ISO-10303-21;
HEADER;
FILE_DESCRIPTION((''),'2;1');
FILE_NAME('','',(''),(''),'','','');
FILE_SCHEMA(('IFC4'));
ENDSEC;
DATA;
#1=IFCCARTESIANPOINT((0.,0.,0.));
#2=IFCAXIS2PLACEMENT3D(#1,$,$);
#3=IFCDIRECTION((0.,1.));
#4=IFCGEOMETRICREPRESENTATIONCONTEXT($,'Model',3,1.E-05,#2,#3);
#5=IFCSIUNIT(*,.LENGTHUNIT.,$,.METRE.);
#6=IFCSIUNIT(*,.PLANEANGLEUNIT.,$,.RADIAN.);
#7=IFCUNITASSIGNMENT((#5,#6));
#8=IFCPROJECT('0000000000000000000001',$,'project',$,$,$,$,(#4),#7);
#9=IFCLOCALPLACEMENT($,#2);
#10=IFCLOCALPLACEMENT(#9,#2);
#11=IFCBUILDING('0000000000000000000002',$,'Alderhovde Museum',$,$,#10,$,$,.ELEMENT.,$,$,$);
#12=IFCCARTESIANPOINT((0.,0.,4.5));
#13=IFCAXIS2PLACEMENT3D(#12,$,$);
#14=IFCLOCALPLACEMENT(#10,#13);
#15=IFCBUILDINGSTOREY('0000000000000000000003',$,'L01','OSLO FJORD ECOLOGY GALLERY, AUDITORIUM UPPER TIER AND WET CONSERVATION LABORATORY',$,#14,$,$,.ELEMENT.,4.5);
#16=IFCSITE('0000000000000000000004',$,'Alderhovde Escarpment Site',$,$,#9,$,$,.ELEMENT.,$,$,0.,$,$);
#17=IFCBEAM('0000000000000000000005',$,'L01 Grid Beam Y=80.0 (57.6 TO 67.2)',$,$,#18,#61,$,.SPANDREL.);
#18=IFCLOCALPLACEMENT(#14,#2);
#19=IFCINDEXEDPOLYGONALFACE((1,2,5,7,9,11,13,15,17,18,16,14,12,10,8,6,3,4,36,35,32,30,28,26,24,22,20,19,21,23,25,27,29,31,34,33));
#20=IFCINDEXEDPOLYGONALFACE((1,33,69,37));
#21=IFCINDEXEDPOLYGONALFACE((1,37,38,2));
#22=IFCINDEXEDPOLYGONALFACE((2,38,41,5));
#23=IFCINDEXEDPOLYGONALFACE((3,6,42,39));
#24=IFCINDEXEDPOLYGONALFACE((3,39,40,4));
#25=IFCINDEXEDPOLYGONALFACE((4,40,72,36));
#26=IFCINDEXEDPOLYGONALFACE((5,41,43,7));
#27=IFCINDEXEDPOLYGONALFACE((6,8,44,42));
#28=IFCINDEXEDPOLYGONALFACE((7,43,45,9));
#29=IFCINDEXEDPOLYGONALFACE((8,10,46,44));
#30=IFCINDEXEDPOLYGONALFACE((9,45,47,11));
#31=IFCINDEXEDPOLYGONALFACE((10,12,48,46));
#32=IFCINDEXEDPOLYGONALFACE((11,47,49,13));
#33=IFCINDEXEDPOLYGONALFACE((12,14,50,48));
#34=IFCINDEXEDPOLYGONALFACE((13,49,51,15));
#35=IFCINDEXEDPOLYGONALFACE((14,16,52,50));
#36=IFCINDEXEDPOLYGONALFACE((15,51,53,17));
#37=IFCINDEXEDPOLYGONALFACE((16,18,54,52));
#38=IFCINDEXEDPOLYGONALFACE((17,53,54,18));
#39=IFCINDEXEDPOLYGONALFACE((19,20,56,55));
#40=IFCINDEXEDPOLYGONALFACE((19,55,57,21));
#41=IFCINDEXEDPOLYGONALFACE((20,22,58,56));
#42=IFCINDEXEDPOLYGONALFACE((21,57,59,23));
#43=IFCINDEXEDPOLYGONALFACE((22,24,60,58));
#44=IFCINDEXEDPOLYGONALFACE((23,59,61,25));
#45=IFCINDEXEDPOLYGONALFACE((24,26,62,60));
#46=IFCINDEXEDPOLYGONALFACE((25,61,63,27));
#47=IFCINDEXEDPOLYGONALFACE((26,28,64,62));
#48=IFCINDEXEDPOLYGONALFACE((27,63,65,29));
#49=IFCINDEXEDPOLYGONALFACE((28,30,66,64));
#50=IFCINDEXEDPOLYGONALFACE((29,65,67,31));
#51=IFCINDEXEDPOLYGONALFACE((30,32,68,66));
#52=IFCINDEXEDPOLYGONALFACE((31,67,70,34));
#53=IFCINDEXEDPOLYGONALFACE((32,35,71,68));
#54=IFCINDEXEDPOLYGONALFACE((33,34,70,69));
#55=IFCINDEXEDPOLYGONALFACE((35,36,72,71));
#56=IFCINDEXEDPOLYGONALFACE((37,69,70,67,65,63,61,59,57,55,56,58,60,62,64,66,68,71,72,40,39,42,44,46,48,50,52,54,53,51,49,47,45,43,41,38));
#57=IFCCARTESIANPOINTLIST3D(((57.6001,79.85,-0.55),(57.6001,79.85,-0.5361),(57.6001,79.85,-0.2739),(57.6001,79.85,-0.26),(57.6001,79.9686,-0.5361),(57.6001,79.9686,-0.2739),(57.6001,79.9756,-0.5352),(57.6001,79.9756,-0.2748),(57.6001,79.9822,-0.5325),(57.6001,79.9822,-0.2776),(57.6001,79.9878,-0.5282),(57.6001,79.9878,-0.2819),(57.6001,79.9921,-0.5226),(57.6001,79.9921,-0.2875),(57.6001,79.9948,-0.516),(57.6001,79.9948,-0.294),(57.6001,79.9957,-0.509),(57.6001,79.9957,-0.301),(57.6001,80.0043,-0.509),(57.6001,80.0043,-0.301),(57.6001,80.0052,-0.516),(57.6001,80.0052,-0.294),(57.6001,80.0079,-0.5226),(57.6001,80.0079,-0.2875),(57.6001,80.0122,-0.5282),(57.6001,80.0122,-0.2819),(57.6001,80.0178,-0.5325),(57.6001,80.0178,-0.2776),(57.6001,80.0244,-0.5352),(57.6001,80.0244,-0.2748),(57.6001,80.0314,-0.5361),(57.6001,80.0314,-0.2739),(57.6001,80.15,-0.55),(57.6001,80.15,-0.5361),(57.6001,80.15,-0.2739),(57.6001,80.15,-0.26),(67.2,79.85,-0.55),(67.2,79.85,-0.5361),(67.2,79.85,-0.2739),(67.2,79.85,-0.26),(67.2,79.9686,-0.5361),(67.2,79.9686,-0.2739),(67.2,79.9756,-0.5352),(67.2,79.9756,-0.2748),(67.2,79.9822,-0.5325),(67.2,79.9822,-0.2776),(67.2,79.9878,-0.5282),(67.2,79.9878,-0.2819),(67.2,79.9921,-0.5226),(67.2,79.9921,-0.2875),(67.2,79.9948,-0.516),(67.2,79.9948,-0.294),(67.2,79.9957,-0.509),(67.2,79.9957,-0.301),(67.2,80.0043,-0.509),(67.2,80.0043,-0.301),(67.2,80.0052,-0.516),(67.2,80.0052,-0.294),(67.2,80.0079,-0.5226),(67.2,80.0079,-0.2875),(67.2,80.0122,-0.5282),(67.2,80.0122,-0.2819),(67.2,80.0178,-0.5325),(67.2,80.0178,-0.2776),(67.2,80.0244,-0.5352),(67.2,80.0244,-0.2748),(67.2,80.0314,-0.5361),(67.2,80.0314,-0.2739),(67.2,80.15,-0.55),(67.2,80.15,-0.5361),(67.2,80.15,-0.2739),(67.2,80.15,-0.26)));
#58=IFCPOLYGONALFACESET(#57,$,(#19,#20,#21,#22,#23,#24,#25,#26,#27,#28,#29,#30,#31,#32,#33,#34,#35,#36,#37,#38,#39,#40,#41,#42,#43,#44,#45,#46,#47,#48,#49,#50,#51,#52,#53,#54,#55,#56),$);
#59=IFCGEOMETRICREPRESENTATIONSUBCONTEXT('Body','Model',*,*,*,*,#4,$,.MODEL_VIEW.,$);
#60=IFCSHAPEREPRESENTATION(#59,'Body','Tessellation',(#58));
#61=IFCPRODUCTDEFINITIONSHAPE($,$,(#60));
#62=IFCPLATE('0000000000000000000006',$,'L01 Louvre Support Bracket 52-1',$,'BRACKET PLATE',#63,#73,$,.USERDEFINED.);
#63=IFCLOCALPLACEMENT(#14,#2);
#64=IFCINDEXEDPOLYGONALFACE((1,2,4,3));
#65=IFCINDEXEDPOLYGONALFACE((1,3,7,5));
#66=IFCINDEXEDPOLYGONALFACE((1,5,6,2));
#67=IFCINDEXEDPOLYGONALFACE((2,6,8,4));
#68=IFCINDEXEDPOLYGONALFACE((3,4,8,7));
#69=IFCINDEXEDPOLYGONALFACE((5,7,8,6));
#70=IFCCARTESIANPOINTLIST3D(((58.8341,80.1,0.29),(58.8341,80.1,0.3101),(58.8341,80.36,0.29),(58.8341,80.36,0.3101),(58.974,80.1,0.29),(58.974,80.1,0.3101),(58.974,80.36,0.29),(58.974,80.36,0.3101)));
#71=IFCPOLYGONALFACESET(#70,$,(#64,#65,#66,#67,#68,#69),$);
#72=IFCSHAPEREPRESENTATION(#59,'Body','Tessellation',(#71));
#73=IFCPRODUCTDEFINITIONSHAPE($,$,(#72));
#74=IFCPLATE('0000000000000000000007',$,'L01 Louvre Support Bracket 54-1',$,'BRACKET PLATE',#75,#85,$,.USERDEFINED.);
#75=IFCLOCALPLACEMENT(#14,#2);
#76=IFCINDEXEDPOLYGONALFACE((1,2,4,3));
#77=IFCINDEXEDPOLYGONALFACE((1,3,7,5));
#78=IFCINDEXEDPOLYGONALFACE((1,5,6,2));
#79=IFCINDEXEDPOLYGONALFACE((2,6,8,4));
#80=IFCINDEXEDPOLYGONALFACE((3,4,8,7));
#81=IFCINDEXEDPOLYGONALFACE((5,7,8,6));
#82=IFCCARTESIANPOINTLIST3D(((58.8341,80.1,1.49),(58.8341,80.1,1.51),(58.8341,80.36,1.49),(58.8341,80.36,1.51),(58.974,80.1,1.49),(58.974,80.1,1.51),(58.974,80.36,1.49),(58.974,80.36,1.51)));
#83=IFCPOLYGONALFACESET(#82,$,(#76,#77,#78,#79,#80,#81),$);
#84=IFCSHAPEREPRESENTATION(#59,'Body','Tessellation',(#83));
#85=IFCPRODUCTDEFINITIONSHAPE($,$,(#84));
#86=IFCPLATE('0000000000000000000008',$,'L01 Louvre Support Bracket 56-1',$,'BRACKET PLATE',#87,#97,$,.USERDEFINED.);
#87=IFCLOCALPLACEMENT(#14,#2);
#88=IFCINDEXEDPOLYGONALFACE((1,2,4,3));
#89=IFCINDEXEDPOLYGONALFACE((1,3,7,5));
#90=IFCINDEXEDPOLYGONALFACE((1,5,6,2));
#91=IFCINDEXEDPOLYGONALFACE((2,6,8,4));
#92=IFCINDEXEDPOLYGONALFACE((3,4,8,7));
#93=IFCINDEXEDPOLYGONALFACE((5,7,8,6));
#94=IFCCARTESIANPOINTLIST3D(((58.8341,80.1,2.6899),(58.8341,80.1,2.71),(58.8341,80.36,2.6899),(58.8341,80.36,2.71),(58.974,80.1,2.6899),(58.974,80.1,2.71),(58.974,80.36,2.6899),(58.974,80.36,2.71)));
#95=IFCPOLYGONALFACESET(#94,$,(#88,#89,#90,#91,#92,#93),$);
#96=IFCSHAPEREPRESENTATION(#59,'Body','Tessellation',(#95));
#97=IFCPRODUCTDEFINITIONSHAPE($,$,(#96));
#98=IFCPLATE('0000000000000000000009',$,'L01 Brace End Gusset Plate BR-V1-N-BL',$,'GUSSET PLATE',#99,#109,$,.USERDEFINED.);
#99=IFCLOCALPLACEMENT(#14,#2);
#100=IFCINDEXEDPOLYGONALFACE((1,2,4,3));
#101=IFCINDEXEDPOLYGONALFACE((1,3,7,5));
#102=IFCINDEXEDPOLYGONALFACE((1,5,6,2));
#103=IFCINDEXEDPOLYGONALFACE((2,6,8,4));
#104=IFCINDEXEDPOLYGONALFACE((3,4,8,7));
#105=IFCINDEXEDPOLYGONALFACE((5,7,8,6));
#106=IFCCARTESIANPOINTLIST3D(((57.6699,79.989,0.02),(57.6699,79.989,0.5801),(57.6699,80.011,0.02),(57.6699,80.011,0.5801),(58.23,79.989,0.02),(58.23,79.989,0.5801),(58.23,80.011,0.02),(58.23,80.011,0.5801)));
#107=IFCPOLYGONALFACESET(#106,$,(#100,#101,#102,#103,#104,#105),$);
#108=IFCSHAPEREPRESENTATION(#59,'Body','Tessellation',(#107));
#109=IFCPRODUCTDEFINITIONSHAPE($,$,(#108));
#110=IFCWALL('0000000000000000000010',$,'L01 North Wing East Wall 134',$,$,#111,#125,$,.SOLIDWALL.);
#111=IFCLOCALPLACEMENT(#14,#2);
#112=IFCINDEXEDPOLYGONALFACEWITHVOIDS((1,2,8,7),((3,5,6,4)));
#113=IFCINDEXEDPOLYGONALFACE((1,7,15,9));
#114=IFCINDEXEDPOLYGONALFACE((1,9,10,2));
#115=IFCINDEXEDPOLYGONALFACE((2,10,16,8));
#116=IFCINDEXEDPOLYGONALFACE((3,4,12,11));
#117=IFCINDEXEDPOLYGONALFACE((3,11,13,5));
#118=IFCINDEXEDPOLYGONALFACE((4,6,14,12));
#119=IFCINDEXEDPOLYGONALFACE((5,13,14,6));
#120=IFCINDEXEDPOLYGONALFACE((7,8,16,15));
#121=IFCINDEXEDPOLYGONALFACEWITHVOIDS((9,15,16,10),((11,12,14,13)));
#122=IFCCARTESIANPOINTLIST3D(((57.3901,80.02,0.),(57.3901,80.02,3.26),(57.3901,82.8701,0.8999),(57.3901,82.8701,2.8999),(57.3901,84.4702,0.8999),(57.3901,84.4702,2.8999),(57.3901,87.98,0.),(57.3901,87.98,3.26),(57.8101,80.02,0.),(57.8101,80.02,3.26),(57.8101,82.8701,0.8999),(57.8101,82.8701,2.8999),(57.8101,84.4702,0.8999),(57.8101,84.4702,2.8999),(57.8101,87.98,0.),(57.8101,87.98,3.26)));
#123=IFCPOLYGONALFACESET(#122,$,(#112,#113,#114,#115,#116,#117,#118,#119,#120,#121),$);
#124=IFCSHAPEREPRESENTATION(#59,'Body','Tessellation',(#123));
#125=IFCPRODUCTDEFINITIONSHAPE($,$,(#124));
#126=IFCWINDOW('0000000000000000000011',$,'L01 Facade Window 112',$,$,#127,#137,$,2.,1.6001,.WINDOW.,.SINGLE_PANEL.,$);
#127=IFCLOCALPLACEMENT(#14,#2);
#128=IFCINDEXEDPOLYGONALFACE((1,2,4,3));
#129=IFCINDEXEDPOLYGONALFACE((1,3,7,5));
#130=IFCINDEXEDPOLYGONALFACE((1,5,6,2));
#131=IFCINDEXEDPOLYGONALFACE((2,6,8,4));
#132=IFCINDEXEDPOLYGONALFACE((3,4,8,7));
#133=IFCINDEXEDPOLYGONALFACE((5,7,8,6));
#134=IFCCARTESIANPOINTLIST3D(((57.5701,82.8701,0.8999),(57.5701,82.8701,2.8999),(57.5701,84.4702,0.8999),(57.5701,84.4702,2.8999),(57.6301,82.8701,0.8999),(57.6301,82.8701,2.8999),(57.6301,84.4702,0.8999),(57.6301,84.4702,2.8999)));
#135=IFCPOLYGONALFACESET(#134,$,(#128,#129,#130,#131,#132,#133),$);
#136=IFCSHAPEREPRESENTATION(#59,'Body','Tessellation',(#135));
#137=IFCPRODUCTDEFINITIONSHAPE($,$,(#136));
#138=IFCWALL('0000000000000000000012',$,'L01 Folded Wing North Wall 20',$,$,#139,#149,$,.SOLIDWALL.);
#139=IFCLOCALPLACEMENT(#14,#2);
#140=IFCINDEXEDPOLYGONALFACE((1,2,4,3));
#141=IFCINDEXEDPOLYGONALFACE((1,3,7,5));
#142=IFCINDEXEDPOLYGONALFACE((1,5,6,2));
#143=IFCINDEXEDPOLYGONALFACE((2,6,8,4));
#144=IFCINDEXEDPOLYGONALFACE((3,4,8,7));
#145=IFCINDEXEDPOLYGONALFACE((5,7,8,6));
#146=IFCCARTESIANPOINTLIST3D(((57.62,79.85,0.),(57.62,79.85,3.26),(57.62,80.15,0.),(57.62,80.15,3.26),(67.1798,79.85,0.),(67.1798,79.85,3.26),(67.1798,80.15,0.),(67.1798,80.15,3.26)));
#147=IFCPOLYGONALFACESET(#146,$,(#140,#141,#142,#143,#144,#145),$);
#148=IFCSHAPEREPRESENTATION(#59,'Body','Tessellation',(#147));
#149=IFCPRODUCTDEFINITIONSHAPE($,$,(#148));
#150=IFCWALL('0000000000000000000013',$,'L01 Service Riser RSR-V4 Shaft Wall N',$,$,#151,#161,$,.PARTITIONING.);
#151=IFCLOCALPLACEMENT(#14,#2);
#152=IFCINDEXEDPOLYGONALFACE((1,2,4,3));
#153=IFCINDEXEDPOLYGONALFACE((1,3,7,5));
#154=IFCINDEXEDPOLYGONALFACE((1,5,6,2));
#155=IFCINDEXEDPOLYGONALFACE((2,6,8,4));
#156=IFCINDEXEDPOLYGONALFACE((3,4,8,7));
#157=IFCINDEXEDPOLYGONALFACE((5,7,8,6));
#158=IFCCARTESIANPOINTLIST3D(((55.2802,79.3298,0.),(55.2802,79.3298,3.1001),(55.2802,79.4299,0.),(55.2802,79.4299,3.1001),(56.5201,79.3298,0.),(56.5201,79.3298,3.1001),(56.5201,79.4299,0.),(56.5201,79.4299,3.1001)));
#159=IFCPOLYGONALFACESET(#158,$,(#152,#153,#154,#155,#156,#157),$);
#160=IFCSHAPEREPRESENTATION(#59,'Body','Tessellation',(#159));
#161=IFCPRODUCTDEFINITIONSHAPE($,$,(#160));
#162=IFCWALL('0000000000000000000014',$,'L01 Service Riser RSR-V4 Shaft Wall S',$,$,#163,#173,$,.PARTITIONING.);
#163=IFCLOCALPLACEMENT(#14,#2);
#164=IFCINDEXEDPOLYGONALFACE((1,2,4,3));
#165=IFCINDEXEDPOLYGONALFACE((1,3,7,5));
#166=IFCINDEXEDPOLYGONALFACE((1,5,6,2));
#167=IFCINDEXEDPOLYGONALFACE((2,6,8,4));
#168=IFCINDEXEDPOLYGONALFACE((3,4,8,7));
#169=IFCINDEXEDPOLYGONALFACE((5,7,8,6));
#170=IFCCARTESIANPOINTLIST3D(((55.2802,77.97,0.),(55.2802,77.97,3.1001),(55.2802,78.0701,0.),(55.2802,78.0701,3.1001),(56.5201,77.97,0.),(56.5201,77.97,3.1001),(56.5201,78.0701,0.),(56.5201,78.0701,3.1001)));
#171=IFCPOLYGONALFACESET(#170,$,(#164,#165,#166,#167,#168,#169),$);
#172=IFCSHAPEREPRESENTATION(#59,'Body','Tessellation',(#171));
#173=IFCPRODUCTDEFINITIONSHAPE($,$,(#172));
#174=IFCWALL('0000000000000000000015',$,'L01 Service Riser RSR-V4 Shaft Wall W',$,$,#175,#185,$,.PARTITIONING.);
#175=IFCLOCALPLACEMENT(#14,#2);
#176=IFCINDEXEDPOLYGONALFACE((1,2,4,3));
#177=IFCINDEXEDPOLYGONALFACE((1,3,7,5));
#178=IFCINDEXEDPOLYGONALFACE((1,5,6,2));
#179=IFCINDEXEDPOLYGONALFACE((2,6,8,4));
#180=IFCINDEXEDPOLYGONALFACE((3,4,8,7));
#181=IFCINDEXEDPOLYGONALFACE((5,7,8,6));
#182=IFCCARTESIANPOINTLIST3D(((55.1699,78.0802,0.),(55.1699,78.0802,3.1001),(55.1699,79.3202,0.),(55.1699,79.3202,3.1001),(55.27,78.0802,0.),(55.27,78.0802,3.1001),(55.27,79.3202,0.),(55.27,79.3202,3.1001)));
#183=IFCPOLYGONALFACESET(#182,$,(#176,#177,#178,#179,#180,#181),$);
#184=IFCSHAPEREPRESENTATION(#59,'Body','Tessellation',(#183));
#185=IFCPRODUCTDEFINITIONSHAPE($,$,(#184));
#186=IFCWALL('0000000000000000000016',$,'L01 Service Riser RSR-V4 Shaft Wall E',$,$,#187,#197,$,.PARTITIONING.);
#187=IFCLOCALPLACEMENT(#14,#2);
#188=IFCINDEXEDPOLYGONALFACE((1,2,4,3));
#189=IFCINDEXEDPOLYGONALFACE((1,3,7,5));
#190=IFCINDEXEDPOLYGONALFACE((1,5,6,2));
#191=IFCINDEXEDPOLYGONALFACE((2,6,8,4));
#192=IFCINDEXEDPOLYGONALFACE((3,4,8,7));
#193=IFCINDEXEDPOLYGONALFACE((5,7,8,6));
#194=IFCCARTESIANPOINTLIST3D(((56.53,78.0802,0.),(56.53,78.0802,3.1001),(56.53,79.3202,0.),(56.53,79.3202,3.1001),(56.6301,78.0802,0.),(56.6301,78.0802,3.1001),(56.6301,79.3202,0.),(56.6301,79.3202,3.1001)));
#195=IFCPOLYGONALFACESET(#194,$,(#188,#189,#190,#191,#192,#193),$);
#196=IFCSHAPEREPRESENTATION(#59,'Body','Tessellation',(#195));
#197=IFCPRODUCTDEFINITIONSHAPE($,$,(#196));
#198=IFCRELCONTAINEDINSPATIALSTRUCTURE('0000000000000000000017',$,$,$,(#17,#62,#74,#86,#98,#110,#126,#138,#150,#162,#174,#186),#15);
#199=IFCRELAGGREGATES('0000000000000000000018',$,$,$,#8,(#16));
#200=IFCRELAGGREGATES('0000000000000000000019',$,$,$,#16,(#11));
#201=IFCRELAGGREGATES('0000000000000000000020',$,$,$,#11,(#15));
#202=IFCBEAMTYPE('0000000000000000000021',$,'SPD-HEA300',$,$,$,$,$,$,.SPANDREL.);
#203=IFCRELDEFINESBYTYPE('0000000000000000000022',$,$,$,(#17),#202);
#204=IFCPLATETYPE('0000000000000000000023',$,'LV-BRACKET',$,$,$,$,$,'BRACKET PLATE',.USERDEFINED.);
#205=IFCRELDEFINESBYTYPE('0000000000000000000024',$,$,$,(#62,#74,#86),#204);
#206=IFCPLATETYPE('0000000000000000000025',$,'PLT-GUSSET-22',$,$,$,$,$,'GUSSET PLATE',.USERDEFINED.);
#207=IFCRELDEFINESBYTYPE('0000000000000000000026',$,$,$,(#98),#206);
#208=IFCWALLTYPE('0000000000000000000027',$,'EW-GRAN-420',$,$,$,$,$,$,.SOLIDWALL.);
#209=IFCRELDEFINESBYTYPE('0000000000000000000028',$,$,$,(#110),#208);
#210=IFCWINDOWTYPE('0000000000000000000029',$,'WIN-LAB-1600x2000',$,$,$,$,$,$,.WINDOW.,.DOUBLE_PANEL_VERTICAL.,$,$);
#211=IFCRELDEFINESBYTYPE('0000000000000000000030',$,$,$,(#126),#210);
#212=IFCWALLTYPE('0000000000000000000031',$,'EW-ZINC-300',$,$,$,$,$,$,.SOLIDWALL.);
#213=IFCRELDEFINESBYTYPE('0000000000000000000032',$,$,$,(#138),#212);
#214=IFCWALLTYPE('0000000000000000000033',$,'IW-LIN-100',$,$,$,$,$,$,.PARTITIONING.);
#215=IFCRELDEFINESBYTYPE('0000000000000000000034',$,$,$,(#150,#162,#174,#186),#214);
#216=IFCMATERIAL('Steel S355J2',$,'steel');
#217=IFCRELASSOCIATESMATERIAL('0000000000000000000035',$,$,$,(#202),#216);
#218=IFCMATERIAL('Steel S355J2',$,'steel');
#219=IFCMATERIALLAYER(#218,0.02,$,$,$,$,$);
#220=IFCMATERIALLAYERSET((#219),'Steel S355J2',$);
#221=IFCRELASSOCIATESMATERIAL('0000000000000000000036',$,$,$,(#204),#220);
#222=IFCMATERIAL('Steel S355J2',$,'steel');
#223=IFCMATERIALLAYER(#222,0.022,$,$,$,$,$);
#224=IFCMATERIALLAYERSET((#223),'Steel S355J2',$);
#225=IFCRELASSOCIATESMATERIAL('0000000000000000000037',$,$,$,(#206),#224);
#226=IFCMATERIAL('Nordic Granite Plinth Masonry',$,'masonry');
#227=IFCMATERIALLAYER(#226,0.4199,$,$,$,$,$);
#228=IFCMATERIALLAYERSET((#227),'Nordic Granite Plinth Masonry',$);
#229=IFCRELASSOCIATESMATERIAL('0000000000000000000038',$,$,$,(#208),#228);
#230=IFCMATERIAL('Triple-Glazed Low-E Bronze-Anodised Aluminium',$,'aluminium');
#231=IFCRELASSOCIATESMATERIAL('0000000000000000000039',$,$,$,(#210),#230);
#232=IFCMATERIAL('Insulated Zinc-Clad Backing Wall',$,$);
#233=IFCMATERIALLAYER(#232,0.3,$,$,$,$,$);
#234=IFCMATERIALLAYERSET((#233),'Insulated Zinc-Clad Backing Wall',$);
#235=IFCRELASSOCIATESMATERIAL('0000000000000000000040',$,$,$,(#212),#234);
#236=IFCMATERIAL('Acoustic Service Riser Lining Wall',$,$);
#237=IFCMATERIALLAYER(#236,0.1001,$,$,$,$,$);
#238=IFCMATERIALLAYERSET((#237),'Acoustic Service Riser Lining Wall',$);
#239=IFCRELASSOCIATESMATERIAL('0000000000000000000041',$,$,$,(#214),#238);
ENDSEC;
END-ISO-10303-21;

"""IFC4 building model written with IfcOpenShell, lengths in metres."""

from ifc_helpers import new_model, si_unit, direction, frame, frame_2d, origin, origin_2d, place, context, subcontext, project, spatial, rectangle, i_section, extrude, material, layer, layer_set, material_profile, profile_set, type_object, element, fill, save


model = new_model("IFC4")

# Units and contexts
model_context = context("Model", 3, precision=1e-05, world=origin(), true_north=direction((0.0, 1.0)))
body_context = subcontext(model_context, "Body", "Model", "MODEL_VIEW")
ifc_project = project(units=[si_unit("LENGTHUNIT", "METRE"), si_unit("PLANEANGLEUNIT", "RADIAN")], contexts=[model_context])

# Site, building, storey
site_placement = place(None, origin())
site = spatial("IfcSite", under=ifc_project, at=site_placement, Name="Alderhovde Escarpment Site", CompositionType="ELEMENT", RefElevation=0.0)
building_placement = place(site_placement, origin())
building = spatial("IfcBuilding", under=site, at=building_placement, Name="Alderhovde Museum", CompositionType="ELEMENT")
storey_placement = place(building_placement, frame((0.0, 0.0, 4.5)))
storey = spatial("IfcBuildingStorey", under=building, at=storey_placement, Name="L01", Description="OSLO FJORD ECOLOGY GALLERY, AUDITORIUM UPPER TIER AND WET CONSERVATION LABORATORY", CompositionType="ELEMENT", Elevation=4.5)

# Beam
ifc_material_1 = material(Name="Steel S355J2", Category="steel")
ifc_material_profile_1 = material_profile(ifc_material_1, i_section(OverallWidth=0.3, OverallDepth=0.29, WebThickness=0.0085, FlangeThickness=0.0139, FilletRadius=0.0271, at=origin_2d()), Name="HEA 300")
ifc_profile_set_1 = profile_set([ifc_material_profile_1], Name="Steel S355J2")
beam_type_1 = type_object("IfcBeamType", Name="SPD-HEA300", PredefinedType="SPANDREL", material=ifc_profile_set_1)
beam_1_placement = place(storey_placement, frame((57.6001, 80.0, -0.405), z_axis=(1.0, 0.0, 0.0), x_axis=(0.0, 1.0, 0.0)))
element("IfcBeam", 1, at=beam_1_placement, inside=storey, type_object=beam_type_1, Name="L01 Grid Beam Y=80.0 (57.6 TO 67.2)", PredefinedType="SPANDREL", context=body_context, shape_type="SweptSolid", body=[
    extrude(i_section(OverallWidth=0.3, OverallDepth=0.29, WebThickness=0.0085, FlangeThickness=0.0139, FilletRadius=0.0271, at=origin_2d()), origin(), (0.0, 0.0, 1.0), 9.5999),
])

# Plates
ifc_material_2 = material(Name="Steel S355J2", Category="steel")
ifc_layer_1 = layer(ifc_material_2, 0.02)
ifc_layer_set_1 = layer_set([ifc_layer_1], Name="Steel S355J2")
plate_type_1 = type_object("IfcPlateType", Name="LV-BRACKET", ElementType="BRACKET PLATE", PredefinedType="USERDEFINED", material=ifc_layer_set_1)
for number, where, z_axis, x_axis, name in (
    (2, (58.9041, 80.23, 0.29), (0.0, 0.0, 1.0), (1.0, 0.0, 0.0), "L01 Louvre Support Bracket 52-1"),
    (3, (58.9041, 80.23, 1.49), (0.0, 0.0, 1.0), (1.0, 0.0, 0.0), "L01 Louvre Support Bracket 54-1"),
    (4, (58.9041, 80.23, 2.6899), (0.0, 0.0, 1.0), (1.0, 0.0, 0.0), "L01 Louvre Support Bracket 56-1"),
):
    element("IfcPlate", number, at=place(storey_placement, frame(where, z_axis=z_axis, x_axis=x_axis)), inside=storey, type_object=plate_type_1, Name=name, ObjectType="BRACKET PLATE", PredefinedType="USERDEFINED", context=body_context, shape_type="SweptSolid", body=[
        extrude(rectangle(XDim=0.1399, YDim=0.26, at=origin_2d()), origin(), (0.0, 0.0, 1.0), 0.02),
    ])
ifc_material_3 = material(Name="Steel S355J2", Category="steel")
ifc_layer_2 = layer(ifc_material_3, 0.022)
ifc_layer_set_2 = layer_set([ifc_layer_2], Name="Steel S355J2")
plate_type_2 = type_object("IfcPlateType", Name="PLT-GUSSET-22", ElementType="GUSSET PLATE", PredefinedType="USERDEFINED", material=ifc_layer_set_2)
plate_placement = place(storey_placement, frame((57.95, 80.0, 0.02), z_axis=(0.0, 0.0, 1.0), x_axis=(1.0, 0.0, 0.0)))
element("IfcPlate", 5, at=plate_placement, inside=storey, type_object=plate_type_2, Name="L01 Brace End Gusset Plate BR-V1-N-BL", ObjectType="GUSSET PLATE", PredefinedType="USERDEFINED", context=body_context, shape_type="SweptSolid", body=[
    extrude(rectangle(XDim=0.5601, YDim=0.022, at=origin_2d()), origin(), (0.0, 0.0, 1.0), 0.5601),
])

# Wall, opening, window
ifc_material_4 = material(Name="Nordic Granite Plinth Masonry", Category="masonry")
ifc_layer_3 = layer(ifc_material_4, 0.4199)
ifc_layer_set_3 = layer_set([ifc_layer_3], Name="Nordic Granite Plinth Masonry")
wall_type_1 = type_object("IfcWallType", Name="EW-GRAN-420", PredefinedType="SOLIDWALL", material=ifc_layer_set_3)
wall_1_placement = place(storey_placement, frame((57.6001, 80.02, 0.0), z_axis=(0.0, 0.0, 1.0), x_axis=(0.0, 1.0, 0.0)))
wall_1 = element("IfcWall", 6, at=wall_1_placement, inside=storey, type_object=wall_type_1, Name="L01 North Wing East Wall 134", PredefinedType="SOLIDWALL", context=body_context, shape_type="SweptSolid", body=[
    extrude(rectangle(XDim=7.96, YDim=0.4199, at=frame_2d((3.98, 0.0))), origin(), (0.0, 0.0, 1.0), 3.26),
])
opening_placement = place(wall_1_placement, frame((2.8501, 0.0, 0.8999)))
opening = element("IfcOpeningElement", 7, at=opening_placement, cuts=wall_1, PredefinedType="OPENING", context=body_context, shape_type="SweptSolid", body=[
    extrude(rectangle(XDim=1.6001, YDim=2.0, at=frame_2d((0.8, 1.0))), frame((0.0, 0.22, 0.0), z_axis=(0.0, -1.0, 0.0), x_axis=(1.0, 0.0, 0.0)), (0.0, 0.0, 1.0), 0.4399),
])
ifc_material_5 = material(Name="Triple-Glazed Low-E Bronze-Anodised Aluminium", Category="aluminium")
window_type = type_object("IfcWindowType", Name="WIN-LAB-1600x2000", PartitioningType="DOUBLE_PANEL_VERTICAL", PredefinedType="WINDOW", material=ifc_material_5)
window_placement = place(opening_placement, origin())
window = element("IfcWindow", 8, at=window_placement, inside=storey, type_object=window_type, Name="L01 Facade Window 112", OverallHeight=2.0, OverallWidth=1.6001, PartitioningType="SINGLE_PANEL", PredefinedType="WINDOW", context=body_context, shape_type="SweptSolid", body=[
    extrude(rectangle(XDim=1.6001, YDim=2.0, at=frame_2d((0.8, 1.0))), frame((0.0, 0.03, 0.0), z_axis=(0.0, -1.0, 0.0), x_axis=(1.0, 0.0, 0.0)), (0.0, 0.0, 1.0), 0.0601),
])
fill(opening, window)

# Walls
ifc_material_6 = material(Name="Insulated Zinc-Clad Backing Wall")
ifc_layer_4 = layer(ifc_material_6, 0.3)
ifc_layer_set_4 = layer_set([ifc_layer_4], Name="Insulated Zinc-Clad Backing Wall")
wall_type_2 = type_object("IfcWallType", Name="EW-ZINC-300", PredefinedType="SOLIDWALL", material=ifc_layer_set_4)
wall_2_placement = place(storey_placement, frame((57.6201, 80.0, 0.0), z_axis=(0.0, 0.0, 1.0), x_axis=(1.0, 0.0, 0.0)))
element("IfcWall", 9, at=wall_2_placement, inside=storey, type_object=wall_type_2, Name="L01 Folded Wing North Wall 20", PredefinedType="SOLIDWALL", context=body_context, shape_type="SweptSolid", body=[
    extrude(rectangle(XDim=9.5598, YDim=0.3, at=frame_2d((4.7798, 0.0))), origin(), (0.0, 0.0, 1.0), 3.26),
])
ifc_material_7 = material(Name="Acoustic Service Riser Lining Wall")
ifc_layer_5 = layer(ifc_material_7, 0.1001)
ifc_layer_set_5 = layer_set([ifc_layer_5], Name="Acoustic Service Riser Lining Wall")
wall_type_3 = type_object("IfcWallType", Name="IW-LIN-100", PredefinedType="PARTITIONING", material=ifc_layer_set_5)
for number, where, z_axis, x_axis, name in (
    (10, (55.28, 79.3799, 0.0), (0.0, 0.0, 1.0), (1.0, 0.0, 0.0), "L01 Service Riser RSR-V4 Shaft Wall N"),
    (11, (55.28, 78.02, 0.0), (0.0, 0.0, 1.0), (1.0, 0.0, 0.0), "L01 Service Riser RSR-V4 Shaft Wall S"),
    (12, (55.22, 78.0801, 0.0), (0.0, 0.0, 1.0), (0.0, 1.0, 0.0), "L01 Service Riser RSR-V4 Shaft Wall W"),
    (13, (56.5801, 78.0801, 0.0), (0.0, 0.0, 1.0), (0.0, 1.0, 0.0), "L01 Service Riser RSR-V4 Shaft Wall E"),
):
    element("IfcWall", number, at=place(storey_placement, frame(where, z_axis=z_axis, x_axis=x_axis)), inside=storey, type_object=wall_type_3, Name=name, PredefinedType="PARTITIONING", context=body_context, shape_type="SweptSolid", body=[
        extrude(rectangle(XDim=1.24, YDim=0.1001, at=frame_2d((0.6201, 0.0))), origin(), (0.0, 0.0, 1.0), 3.1001),
    ])

save(model, "model.ifc")
